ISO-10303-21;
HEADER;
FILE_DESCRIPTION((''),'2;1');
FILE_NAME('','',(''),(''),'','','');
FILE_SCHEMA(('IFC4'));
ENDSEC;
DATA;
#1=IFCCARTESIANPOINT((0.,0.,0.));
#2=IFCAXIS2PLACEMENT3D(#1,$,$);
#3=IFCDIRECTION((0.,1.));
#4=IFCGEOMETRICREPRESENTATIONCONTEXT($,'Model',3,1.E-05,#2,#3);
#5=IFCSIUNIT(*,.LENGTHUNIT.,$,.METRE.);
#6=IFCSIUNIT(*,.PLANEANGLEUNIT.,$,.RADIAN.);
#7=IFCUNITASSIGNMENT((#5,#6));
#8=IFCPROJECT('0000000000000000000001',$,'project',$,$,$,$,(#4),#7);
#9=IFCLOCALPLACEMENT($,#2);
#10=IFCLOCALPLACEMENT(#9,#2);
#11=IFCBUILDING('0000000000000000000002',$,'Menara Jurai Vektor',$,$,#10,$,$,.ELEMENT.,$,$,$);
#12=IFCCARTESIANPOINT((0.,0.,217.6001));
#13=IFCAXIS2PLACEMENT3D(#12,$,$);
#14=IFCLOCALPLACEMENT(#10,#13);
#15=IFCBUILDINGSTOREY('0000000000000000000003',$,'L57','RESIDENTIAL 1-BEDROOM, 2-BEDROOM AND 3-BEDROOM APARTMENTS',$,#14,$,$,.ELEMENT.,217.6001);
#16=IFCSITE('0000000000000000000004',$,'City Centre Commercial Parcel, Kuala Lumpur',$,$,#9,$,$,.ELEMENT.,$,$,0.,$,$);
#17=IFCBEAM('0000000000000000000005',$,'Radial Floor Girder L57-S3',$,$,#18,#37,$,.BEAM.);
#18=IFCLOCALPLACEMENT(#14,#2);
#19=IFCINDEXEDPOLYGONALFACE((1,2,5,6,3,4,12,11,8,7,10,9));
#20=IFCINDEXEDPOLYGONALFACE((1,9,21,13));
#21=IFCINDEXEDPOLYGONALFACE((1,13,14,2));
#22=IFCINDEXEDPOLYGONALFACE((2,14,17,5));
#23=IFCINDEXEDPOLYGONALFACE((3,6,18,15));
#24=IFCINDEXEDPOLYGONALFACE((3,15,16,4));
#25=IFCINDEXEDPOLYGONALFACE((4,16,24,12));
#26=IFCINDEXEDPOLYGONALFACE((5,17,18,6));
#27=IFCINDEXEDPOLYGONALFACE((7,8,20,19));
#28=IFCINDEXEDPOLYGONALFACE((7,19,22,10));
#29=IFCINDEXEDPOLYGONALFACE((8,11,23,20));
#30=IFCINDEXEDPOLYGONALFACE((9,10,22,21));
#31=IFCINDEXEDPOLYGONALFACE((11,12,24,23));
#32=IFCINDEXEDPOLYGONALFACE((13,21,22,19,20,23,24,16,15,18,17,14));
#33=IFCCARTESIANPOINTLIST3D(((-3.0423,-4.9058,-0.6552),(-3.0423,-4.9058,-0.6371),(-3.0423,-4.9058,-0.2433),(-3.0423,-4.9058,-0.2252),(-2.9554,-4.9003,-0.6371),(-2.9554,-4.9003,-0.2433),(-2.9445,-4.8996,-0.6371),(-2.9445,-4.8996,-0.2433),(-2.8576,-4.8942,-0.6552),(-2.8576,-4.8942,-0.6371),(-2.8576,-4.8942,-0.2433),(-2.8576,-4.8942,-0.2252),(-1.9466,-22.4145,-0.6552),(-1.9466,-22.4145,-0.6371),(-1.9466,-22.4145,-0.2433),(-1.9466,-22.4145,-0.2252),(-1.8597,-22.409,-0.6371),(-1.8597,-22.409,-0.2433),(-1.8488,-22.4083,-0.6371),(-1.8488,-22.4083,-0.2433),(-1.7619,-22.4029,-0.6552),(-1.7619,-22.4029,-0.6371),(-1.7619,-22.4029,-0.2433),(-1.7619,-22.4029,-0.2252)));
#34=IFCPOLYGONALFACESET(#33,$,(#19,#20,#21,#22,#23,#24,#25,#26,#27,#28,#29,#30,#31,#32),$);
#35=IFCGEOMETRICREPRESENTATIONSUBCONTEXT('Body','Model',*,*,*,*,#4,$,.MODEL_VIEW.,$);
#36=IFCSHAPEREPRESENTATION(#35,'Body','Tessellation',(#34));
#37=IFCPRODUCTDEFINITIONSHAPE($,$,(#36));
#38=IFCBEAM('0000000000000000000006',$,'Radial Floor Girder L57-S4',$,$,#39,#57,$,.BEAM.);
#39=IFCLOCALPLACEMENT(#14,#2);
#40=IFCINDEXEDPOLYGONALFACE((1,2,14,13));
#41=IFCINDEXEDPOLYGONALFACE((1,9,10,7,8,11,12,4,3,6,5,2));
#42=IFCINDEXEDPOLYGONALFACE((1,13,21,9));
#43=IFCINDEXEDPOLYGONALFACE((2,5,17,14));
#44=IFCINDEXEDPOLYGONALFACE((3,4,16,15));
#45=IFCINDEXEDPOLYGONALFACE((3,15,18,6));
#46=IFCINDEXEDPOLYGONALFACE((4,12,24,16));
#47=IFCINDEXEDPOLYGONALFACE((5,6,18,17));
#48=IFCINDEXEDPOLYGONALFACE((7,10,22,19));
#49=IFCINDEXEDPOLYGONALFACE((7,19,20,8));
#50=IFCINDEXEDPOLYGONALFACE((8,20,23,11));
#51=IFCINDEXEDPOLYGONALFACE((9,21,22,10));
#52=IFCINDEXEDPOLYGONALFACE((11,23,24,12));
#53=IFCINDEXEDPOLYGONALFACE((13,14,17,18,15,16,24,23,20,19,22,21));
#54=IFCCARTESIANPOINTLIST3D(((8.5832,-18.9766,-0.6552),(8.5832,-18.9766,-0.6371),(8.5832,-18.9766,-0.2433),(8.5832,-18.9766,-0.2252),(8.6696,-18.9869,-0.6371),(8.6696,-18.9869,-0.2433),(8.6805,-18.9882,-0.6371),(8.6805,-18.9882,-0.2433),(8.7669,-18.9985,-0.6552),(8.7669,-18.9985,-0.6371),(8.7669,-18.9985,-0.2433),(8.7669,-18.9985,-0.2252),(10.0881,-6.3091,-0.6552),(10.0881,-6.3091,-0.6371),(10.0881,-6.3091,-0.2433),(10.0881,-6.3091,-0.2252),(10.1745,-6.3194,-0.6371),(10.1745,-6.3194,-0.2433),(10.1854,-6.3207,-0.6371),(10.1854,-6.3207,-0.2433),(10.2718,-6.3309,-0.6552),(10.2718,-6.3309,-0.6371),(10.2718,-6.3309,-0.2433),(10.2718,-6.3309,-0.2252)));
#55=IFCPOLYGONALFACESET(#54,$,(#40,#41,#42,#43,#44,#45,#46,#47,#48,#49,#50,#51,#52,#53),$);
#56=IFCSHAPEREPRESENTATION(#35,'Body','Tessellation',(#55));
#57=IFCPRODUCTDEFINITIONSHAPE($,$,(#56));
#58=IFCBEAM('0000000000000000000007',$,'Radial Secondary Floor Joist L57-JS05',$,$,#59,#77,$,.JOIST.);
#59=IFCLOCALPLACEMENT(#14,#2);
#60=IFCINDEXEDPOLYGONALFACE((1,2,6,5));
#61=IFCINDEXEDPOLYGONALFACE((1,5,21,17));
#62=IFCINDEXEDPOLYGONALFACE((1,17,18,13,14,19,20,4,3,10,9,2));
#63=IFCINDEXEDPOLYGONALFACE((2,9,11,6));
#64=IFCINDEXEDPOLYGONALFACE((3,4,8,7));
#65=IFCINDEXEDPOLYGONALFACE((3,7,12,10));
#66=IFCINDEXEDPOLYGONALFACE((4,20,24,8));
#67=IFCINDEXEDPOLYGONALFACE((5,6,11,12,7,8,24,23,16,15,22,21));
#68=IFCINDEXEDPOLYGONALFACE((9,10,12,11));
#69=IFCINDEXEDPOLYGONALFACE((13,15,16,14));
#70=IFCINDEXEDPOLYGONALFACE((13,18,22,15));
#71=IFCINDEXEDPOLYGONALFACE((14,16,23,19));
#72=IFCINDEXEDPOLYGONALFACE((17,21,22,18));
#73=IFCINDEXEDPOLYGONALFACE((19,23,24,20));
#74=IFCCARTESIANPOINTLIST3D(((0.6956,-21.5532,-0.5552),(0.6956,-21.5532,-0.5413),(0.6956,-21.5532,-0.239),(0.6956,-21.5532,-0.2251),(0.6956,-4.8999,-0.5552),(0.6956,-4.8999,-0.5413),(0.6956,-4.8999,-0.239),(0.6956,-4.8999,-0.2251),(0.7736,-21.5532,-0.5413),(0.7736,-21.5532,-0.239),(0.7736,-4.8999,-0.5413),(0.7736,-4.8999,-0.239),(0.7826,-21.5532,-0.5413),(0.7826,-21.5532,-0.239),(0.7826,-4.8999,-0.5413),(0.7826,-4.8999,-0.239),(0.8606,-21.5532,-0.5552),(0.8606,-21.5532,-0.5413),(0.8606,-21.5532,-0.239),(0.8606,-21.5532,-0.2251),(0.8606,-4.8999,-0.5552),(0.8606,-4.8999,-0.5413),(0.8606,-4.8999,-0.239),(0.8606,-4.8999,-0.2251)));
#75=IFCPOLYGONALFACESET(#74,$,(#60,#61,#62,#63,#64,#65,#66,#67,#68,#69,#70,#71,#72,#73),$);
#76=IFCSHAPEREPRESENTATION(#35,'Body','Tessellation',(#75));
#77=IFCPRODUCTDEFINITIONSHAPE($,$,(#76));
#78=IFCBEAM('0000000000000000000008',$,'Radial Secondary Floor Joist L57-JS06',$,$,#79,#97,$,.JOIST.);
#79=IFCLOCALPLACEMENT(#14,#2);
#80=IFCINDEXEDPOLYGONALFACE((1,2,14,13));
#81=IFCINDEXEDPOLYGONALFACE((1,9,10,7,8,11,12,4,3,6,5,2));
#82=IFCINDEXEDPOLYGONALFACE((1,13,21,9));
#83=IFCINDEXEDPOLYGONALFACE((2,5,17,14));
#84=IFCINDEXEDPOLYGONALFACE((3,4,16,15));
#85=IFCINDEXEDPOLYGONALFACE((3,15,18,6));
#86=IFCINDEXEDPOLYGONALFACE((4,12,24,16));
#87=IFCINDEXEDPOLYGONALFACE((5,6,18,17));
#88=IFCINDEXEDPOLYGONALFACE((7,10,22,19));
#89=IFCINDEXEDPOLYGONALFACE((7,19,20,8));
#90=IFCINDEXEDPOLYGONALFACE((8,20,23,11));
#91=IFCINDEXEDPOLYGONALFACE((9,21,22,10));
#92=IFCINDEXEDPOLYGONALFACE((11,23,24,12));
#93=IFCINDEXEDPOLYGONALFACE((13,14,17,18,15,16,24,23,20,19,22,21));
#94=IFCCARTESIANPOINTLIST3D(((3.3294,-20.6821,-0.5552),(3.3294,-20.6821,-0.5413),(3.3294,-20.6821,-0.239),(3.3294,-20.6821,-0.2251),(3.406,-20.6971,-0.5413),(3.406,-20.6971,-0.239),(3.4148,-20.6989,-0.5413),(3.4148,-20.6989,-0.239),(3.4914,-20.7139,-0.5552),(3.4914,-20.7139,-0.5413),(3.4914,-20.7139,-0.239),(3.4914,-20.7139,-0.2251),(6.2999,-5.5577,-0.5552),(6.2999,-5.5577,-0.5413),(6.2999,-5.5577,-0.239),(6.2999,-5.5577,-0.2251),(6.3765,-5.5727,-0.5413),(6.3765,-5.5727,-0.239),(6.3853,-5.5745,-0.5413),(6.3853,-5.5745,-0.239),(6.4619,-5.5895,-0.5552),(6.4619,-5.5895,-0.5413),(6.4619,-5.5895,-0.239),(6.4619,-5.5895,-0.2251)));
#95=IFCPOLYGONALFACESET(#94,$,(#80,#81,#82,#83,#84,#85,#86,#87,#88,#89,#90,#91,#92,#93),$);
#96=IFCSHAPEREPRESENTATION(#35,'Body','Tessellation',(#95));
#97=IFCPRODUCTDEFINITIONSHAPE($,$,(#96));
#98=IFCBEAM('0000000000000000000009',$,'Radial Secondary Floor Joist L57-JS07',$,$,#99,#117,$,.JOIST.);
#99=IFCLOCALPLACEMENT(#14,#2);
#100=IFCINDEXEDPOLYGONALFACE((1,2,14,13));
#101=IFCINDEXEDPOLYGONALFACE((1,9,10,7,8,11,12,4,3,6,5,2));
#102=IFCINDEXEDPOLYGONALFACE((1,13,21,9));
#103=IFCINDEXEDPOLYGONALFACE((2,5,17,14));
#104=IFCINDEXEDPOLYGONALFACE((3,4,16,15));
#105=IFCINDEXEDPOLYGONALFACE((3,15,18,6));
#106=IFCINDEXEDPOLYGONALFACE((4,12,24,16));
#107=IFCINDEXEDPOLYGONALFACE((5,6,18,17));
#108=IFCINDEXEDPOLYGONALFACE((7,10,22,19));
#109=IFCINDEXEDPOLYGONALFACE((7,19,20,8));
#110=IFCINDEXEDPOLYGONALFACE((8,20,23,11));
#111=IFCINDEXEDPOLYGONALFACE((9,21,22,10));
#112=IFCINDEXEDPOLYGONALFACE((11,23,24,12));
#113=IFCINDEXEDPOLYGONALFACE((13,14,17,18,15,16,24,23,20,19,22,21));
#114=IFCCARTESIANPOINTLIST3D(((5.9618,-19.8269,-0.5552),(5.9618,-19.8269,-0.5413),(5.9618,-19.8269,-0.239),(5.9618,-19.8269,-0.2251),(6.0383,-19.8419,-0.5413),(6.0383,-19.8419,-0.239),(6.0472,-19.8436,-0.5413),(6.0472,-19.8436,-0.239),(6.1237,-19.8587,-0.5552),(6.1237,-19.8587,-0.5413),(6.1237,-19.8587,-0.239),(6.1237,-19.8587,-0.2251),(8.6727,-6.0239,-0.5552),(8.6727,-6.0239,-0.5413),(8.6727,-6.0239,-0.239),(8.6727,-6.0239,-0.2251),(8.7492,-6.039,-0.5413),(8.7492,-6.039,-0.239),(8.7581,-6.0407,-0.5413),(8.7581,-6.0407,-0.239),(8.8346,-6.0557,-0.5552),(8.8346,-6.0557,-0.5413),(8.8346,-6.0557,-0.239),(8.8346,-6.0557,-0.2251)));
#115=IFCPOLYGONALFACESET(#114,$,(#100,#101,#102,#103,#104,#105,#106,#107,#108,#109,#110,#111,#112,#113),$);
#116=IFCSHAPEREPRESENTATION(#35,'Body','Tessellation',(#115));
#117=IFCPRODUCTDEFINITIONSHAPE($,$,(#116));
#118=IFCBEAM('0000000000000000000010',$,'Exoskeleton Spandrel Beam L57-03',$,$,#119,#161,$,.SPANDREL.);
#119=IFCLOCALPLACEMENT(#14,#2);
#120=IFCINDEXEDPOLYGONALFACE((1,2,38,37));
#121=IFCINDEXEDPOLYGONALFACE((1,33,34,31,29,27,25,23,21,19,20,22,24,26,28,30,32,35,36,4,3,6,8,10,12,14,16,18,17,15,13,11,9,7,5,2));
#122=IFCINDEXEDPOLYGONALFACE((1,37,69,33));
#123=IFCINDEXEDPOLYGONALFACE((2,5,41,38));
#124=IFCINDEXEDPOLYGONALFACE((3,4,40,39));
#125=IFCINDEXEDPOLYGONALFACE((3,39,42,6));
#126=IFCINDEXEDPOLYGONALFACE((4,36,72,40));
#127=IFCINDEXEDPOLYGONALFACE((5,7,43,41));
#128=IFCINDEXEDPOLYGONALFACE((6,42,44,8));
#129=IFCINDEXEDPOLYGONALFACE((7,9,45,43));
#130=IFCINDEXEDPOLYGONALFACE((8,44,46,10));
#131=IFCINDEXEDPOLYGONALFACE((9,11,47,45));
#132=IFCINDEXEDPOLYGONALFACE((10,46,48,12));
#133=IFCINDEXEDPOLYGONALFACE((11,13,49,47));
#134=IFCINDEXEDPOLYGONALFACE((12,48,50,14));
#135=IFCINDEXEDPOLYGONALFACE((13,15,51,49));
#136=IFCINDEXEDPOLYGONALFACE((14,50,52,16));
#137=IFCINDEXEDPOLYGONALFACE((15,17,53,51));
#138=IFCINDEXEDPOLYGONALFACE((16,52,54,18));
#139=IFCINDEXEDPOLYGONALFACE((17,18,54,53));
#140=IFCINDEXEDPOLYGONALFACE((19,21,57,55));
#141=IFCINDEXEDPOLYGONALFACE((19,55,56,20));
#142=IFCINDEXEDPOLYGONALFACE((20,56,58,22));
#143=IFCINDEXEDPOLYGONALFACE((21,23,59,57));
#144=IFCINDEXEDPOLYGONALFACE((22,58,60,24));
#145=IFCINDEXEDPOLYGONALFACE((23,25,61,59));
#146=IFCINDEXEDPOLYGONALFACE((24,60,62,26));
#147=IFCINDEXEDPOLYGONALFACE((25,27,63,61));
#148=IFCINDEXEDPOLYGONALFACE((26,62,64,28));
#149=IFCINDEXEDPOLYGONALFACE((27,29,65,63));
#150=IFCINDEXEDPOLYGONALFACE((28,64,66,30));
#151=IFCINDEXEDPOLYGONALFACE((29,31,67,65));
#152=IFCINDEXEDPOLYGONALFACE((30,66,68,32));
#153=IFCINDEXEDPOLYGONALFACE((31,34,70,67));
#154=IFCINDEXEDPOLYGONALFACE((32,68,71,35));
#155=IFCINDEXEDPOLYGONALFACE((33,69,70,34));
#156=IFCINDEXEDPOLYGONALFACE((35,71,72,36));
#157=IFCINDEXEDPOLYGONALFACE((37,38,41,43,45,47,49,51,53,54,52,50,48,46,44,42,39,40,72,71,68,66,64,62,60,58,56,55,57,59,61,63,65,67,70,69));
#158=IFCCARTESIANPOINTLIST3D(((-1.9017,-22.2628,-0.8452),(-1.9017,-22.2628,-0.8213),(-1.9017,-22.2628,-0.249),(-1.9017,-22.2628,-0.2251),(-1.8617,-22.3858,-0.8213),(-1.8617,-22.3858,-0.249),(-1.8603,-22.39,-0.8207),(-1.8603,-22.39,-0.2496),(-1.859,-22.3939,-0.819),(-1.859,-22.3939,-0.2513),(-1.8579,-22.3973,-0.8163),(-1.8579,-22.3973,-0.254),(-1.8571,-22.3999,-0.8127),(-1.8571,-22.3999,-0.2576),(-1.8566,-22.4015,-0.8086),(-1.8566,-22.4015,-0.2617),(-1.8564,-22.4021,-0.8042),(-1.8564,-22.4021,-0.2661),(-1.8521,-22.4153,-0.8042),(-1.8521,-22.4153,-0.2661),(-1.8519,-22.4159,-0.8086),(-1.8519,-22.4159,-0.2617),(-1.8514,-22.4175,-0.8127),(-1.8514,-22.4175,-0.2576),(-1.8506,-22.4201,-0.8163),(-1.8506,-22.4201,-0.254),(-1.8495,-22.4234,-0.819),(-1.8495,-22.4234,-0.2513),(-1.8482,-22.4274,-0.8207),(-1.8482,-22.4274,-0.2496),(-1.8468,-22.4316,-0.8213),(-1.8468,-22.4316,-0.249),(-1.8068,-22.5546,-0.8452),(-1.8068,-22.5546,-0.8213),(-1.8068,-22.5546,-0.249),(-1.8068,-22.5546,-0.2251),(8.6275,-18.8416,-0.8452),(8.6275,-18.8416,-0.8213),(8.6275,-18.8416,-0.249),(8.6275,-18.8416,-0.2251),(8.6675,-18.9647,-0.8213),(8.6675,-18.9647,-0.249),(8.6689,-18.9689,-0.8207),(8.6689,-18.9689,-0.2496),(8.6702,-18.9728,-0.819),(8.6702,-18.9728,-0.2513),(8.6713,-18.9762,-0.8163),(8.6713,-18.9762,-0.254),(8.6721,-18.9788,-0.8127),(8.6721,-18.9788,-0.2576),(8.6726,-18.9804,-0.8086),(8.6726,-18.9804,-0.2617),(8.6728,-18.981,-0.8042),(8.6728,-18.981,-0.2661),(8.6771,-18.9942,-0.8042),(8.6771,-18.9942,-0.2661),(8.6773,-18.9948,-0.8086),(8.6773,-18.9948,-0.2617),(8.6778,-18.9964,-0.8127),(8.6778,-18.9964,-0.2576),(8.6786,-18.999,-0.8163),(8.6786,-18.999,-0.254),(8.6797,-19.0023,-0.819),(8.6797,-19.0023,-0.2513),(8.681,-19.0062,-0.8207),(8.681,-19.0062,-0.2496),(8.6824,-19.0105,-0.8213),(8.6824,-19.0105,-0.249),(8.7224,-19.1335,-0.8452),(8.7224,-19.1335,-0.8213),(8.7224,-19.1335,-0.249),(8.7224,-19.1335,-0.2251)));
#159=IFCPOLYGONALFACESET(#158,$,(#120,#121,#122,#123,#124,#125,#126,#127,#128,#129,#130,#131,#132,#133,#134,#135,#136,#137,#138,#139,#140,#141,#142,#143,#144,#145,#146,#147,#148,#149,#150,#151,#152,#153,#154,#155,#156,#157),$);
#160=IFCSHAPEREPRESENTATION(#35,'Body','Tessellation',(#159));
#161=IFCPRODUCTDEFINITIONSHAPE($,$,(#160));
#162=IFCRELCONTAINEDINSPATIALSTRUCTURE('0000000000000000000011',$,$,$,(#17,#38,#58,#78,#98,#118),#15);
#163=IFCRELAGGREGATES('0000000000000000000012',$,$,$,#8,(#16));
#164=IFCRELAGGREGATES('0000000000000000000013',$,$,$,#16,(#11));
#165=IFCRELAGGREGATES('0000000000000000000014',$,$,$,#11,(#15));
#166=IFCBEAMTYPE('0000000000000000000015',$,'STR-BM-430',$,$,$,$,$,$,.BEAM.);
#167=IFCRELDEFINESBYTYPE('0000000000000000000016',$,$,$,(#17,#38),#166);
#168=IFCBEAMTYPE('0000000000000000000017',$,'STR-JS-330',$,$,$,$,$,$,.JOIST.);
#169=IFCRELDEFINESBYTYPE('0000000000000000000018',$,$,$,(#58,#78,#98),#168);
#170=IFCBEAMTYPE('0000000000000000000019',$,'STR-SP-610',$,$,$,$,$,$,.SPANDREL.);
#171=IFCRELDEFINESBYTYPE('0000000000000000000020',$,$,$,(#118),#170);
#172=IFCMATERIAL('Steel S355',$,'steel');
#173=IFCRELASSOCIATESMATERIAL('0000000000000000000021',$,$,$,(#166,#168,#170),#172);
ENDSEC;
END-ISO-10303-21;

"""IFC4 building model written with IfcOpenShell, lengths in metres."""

from ifc_helpers import new_model, si_unit, direction, frame, origin, origin_2d, place, context, subcontext, project, spatial, i_section, extrude, material, material_profile, profile_set, type_object, element, save


model = new_model("IFC4")

# Units and contexts
model_context = context("Model", 3, precision=1e-05, world=origin(), true_north=direction((0.0, 1.0)))
body_context = subcontext(model_context, "Body", "Model", "MODEL_VIEW")
ifc_project = project(units=[si_unit("LENGTHUNIT", "METRE"), si_unit("PLANEANGLEUNIT", "RADIAN")], contexts=[model_context])

# Site, building, storey
site_placement = place(None, origin())
site = spatial("IfcSite", under=ifc_project, at=site_placement, Name="City Centre Commercial Parcel, Kuala Lumpur", CompositionType="ELEMENT", RefElevation=0.0)
building_placement = place(site_placement, origin())
building = spatial("IfcBuilding", under=site, at=building_placement, Name="Menara Jurai Vektor", CompositionType="ELEMENT")
storey_placement = place(building_placement, frame((0.0, 0.0, 217.6001)))
storey = spatial("IfcBuildingStorey", under=building, at=storey_placement, Name="L57", Description="RESIDENTIAL 1-BEDROOM, 2-BEDROOM AND 3-BEDROOM APARTMENTS", CompositionType="ELEMENT", Elevation=217.6001)

# Beams
ifc_material_1 = material(Name="Steel S355", Category="steel")
ifc_material_profile_1 = material_profile(ifc_material_1, i_section(OverallWidth=0.1851, OverallDepth=0.4299, WebThickness=0.011, FlangeThickness=0.0181, at=origin_2d()), Name="PG 430x185x76")
ifc_profile_set_1 = profile_set([ifc_material_profile_1], Name="Steel S355")
beam_type_1 = type_object("IfcBeamType", Name="STR-BM-430", PredefinedType="BEAM", material=ifc_profile_set_1)
beam_1_placement = place(storey_placement, frame((-1.8542, -22.4087, -0.4402), z_axis=(-0.062458, 0.998048, 0.0), x_axis=(-0.998048, -0.062458, 0.0)))
element("IfcBeam", 1, at=beam_1_placement, inside=storey, type_object=beam_type_1, Name="Radial Floor Girder L57-S3", PredefinedType="BEAM", context=body_context, shape_type="SweptSolid", body=[
    extrude(i_section(OverallWidth=0.1851, OverallDepth=0.4299, WebThickness=0.011, FlangeThickness=0.0181, at=origin_2d()), origin(), (0.0, 0.0, 1.0), 17.543),
])
beam_2_placement = place(storey_placement, frame((8.675, -18.9875, -0.4402), z_axis=(0.117969, 0.993017, 0.0), x_axis=(-0.993017, 0.117969, 0.0)))
element("IfcBeam", 2, at=beam_2_placement, inside=storey, type_object=beam_type_1, Name="Radial Floor Girder L57-S4", PredefinedType="BEAM", context=body_context, shape_type="SweptSolid", body=[
    extrude(i_section(OverallWidth=0.1851, OverallDepth=0.4299, WebThickness=0.011, FlangeThickness=0.0181, at=origin_2d()), origin(), (0.0, 0.0, 1.0), 12.7566),
])
ifc_material_profile_2 = material_profile(ifc_material_1, i_section(OverallWidth=0.165, OverallDepth=0.3301, WebThickness=0.009, FlangeThickness=0.0139, at=origin_2d()), Name="PG 330x165x46")
ifc_profile_set_2 = profile_set([ifc_material_profile_2], Name="Steel S355")
beam_type_2 = type_object("IfcBeamType", Name="STR-JS-330", PredefinedType="JOIST", material=ifc_profile_set_2)
beam_3_placement = place(storey_placement, frame((0.7781, -21.5532, -0.3901), z_axis=(0.0, 1.0, 0.0), x_axis=(-1.0, 0.0, 0.0)))
element("IfcBeam", 3, at=beam_3_placement, inside=storey, type_object=beam_type_2, Name="Radial Secondary Floor Joist L57-JS05", PredefinedType="JOIST", context=body_context, shape_type="SweptSolid", body=[
    extrude(i_section(OverallWidth=0.165, OverallDepth=0.3301, WebThickness=0.009, FlangeThickness=0.0139, at=origin_2d()), origin(), (0.0, 0.0, 1.0), 16.6533),
])
beam_4_placement = place(storey_placement, frame((3.4104, -20.698, -0.3901), z_axis=(0.192722, 0.981253, 0.0), x_axis=(-0.981253, 0.192722, 0.0)))
element("IfcBeam", 4, at=beam_4_placement, inside=storey, type_object=beam_type_2, Name="Radial Secondary Floor Joist L57-JS06", PredefinedType="JOIST", context=body_context, shape_type="SweptSolid", body=[
    extrude(i_section(OverallWidth=0.165, OverallDepth=0.3301, WebThickness=0.009, FlangeThickness=0.0139, at=origin_2d()), origin(), (0.0, 0.0, 1.0), 15.4133),
])
beam_5_placement = place(storey_placement, frame((6.0427, -19.8428, -0.3901), z_axis=(0.192721, 0.981254, 0.0), x_axis=(-0.981254, 0.192721, 0.0)))
element("IfcBeam", 5, at=beam_5_placement, inside=storey, type_object=beam_type_2, Name="Radial Secondary Floor Joist L57-JS07", PredefinedType="JOIST", context=body_context, shape_type="SweptSolid", body=[
    extrude(i_section(OverallWidth=0.165, OverallDepth=0.3301, WebThickness=0.009, FlangeThickness=0.0139, at=origin_2d()), origin(), (0.0, 0.0, 1.0), 14.0667),
])
ifc_material_profile_3 = material_profile(ifc_material_1, i_section(OverallWidth=0.3069, OverallDepth=0.6201, WebThickness=0.0139, FlangeThickness=0.0239, FilletRadius=0.0171, at=origin_2d()), Name="UKB 610x305x179")
ifc_profile_set_3 = profile_set([ifc_material_profile_3], Name="Steel S355")
beam_type_3 = type_object("IfcBeamType", Name="STR-SP-610", PredefinedType="SPANDREL", material=ifc_profile_set_3)
for number, where, z_axis, x_axis, name in (
    (6, (-1.8542, -22.4087, -0.5352), (0.951057, 0.309014, 0.0), (-0.309014, 0.951057, 0.0), "Exoskeleton Spandrel Beam L57-03"),
):
    element("IfcBeam", number, at=place(storey_placement, frame(where, z_axis=z_axis, x_axis=x_axis)), inside=storey, type_object=beam_type_3, Name=name, PredefinedType="SPANDREL", context=body_context, shape_type="SweptSolid", body=[
        extrude(i_section(OverallWidth=0.3069, OverallDepth=0.6201, WebThickness=0.0139, FlangeThickness=0.0239, FilletRadius=0.0171, at=origin_2d()), origin(), (0.0, 0.0, 1.0), 11.071),
    ])

save(model, "model.ifc")
